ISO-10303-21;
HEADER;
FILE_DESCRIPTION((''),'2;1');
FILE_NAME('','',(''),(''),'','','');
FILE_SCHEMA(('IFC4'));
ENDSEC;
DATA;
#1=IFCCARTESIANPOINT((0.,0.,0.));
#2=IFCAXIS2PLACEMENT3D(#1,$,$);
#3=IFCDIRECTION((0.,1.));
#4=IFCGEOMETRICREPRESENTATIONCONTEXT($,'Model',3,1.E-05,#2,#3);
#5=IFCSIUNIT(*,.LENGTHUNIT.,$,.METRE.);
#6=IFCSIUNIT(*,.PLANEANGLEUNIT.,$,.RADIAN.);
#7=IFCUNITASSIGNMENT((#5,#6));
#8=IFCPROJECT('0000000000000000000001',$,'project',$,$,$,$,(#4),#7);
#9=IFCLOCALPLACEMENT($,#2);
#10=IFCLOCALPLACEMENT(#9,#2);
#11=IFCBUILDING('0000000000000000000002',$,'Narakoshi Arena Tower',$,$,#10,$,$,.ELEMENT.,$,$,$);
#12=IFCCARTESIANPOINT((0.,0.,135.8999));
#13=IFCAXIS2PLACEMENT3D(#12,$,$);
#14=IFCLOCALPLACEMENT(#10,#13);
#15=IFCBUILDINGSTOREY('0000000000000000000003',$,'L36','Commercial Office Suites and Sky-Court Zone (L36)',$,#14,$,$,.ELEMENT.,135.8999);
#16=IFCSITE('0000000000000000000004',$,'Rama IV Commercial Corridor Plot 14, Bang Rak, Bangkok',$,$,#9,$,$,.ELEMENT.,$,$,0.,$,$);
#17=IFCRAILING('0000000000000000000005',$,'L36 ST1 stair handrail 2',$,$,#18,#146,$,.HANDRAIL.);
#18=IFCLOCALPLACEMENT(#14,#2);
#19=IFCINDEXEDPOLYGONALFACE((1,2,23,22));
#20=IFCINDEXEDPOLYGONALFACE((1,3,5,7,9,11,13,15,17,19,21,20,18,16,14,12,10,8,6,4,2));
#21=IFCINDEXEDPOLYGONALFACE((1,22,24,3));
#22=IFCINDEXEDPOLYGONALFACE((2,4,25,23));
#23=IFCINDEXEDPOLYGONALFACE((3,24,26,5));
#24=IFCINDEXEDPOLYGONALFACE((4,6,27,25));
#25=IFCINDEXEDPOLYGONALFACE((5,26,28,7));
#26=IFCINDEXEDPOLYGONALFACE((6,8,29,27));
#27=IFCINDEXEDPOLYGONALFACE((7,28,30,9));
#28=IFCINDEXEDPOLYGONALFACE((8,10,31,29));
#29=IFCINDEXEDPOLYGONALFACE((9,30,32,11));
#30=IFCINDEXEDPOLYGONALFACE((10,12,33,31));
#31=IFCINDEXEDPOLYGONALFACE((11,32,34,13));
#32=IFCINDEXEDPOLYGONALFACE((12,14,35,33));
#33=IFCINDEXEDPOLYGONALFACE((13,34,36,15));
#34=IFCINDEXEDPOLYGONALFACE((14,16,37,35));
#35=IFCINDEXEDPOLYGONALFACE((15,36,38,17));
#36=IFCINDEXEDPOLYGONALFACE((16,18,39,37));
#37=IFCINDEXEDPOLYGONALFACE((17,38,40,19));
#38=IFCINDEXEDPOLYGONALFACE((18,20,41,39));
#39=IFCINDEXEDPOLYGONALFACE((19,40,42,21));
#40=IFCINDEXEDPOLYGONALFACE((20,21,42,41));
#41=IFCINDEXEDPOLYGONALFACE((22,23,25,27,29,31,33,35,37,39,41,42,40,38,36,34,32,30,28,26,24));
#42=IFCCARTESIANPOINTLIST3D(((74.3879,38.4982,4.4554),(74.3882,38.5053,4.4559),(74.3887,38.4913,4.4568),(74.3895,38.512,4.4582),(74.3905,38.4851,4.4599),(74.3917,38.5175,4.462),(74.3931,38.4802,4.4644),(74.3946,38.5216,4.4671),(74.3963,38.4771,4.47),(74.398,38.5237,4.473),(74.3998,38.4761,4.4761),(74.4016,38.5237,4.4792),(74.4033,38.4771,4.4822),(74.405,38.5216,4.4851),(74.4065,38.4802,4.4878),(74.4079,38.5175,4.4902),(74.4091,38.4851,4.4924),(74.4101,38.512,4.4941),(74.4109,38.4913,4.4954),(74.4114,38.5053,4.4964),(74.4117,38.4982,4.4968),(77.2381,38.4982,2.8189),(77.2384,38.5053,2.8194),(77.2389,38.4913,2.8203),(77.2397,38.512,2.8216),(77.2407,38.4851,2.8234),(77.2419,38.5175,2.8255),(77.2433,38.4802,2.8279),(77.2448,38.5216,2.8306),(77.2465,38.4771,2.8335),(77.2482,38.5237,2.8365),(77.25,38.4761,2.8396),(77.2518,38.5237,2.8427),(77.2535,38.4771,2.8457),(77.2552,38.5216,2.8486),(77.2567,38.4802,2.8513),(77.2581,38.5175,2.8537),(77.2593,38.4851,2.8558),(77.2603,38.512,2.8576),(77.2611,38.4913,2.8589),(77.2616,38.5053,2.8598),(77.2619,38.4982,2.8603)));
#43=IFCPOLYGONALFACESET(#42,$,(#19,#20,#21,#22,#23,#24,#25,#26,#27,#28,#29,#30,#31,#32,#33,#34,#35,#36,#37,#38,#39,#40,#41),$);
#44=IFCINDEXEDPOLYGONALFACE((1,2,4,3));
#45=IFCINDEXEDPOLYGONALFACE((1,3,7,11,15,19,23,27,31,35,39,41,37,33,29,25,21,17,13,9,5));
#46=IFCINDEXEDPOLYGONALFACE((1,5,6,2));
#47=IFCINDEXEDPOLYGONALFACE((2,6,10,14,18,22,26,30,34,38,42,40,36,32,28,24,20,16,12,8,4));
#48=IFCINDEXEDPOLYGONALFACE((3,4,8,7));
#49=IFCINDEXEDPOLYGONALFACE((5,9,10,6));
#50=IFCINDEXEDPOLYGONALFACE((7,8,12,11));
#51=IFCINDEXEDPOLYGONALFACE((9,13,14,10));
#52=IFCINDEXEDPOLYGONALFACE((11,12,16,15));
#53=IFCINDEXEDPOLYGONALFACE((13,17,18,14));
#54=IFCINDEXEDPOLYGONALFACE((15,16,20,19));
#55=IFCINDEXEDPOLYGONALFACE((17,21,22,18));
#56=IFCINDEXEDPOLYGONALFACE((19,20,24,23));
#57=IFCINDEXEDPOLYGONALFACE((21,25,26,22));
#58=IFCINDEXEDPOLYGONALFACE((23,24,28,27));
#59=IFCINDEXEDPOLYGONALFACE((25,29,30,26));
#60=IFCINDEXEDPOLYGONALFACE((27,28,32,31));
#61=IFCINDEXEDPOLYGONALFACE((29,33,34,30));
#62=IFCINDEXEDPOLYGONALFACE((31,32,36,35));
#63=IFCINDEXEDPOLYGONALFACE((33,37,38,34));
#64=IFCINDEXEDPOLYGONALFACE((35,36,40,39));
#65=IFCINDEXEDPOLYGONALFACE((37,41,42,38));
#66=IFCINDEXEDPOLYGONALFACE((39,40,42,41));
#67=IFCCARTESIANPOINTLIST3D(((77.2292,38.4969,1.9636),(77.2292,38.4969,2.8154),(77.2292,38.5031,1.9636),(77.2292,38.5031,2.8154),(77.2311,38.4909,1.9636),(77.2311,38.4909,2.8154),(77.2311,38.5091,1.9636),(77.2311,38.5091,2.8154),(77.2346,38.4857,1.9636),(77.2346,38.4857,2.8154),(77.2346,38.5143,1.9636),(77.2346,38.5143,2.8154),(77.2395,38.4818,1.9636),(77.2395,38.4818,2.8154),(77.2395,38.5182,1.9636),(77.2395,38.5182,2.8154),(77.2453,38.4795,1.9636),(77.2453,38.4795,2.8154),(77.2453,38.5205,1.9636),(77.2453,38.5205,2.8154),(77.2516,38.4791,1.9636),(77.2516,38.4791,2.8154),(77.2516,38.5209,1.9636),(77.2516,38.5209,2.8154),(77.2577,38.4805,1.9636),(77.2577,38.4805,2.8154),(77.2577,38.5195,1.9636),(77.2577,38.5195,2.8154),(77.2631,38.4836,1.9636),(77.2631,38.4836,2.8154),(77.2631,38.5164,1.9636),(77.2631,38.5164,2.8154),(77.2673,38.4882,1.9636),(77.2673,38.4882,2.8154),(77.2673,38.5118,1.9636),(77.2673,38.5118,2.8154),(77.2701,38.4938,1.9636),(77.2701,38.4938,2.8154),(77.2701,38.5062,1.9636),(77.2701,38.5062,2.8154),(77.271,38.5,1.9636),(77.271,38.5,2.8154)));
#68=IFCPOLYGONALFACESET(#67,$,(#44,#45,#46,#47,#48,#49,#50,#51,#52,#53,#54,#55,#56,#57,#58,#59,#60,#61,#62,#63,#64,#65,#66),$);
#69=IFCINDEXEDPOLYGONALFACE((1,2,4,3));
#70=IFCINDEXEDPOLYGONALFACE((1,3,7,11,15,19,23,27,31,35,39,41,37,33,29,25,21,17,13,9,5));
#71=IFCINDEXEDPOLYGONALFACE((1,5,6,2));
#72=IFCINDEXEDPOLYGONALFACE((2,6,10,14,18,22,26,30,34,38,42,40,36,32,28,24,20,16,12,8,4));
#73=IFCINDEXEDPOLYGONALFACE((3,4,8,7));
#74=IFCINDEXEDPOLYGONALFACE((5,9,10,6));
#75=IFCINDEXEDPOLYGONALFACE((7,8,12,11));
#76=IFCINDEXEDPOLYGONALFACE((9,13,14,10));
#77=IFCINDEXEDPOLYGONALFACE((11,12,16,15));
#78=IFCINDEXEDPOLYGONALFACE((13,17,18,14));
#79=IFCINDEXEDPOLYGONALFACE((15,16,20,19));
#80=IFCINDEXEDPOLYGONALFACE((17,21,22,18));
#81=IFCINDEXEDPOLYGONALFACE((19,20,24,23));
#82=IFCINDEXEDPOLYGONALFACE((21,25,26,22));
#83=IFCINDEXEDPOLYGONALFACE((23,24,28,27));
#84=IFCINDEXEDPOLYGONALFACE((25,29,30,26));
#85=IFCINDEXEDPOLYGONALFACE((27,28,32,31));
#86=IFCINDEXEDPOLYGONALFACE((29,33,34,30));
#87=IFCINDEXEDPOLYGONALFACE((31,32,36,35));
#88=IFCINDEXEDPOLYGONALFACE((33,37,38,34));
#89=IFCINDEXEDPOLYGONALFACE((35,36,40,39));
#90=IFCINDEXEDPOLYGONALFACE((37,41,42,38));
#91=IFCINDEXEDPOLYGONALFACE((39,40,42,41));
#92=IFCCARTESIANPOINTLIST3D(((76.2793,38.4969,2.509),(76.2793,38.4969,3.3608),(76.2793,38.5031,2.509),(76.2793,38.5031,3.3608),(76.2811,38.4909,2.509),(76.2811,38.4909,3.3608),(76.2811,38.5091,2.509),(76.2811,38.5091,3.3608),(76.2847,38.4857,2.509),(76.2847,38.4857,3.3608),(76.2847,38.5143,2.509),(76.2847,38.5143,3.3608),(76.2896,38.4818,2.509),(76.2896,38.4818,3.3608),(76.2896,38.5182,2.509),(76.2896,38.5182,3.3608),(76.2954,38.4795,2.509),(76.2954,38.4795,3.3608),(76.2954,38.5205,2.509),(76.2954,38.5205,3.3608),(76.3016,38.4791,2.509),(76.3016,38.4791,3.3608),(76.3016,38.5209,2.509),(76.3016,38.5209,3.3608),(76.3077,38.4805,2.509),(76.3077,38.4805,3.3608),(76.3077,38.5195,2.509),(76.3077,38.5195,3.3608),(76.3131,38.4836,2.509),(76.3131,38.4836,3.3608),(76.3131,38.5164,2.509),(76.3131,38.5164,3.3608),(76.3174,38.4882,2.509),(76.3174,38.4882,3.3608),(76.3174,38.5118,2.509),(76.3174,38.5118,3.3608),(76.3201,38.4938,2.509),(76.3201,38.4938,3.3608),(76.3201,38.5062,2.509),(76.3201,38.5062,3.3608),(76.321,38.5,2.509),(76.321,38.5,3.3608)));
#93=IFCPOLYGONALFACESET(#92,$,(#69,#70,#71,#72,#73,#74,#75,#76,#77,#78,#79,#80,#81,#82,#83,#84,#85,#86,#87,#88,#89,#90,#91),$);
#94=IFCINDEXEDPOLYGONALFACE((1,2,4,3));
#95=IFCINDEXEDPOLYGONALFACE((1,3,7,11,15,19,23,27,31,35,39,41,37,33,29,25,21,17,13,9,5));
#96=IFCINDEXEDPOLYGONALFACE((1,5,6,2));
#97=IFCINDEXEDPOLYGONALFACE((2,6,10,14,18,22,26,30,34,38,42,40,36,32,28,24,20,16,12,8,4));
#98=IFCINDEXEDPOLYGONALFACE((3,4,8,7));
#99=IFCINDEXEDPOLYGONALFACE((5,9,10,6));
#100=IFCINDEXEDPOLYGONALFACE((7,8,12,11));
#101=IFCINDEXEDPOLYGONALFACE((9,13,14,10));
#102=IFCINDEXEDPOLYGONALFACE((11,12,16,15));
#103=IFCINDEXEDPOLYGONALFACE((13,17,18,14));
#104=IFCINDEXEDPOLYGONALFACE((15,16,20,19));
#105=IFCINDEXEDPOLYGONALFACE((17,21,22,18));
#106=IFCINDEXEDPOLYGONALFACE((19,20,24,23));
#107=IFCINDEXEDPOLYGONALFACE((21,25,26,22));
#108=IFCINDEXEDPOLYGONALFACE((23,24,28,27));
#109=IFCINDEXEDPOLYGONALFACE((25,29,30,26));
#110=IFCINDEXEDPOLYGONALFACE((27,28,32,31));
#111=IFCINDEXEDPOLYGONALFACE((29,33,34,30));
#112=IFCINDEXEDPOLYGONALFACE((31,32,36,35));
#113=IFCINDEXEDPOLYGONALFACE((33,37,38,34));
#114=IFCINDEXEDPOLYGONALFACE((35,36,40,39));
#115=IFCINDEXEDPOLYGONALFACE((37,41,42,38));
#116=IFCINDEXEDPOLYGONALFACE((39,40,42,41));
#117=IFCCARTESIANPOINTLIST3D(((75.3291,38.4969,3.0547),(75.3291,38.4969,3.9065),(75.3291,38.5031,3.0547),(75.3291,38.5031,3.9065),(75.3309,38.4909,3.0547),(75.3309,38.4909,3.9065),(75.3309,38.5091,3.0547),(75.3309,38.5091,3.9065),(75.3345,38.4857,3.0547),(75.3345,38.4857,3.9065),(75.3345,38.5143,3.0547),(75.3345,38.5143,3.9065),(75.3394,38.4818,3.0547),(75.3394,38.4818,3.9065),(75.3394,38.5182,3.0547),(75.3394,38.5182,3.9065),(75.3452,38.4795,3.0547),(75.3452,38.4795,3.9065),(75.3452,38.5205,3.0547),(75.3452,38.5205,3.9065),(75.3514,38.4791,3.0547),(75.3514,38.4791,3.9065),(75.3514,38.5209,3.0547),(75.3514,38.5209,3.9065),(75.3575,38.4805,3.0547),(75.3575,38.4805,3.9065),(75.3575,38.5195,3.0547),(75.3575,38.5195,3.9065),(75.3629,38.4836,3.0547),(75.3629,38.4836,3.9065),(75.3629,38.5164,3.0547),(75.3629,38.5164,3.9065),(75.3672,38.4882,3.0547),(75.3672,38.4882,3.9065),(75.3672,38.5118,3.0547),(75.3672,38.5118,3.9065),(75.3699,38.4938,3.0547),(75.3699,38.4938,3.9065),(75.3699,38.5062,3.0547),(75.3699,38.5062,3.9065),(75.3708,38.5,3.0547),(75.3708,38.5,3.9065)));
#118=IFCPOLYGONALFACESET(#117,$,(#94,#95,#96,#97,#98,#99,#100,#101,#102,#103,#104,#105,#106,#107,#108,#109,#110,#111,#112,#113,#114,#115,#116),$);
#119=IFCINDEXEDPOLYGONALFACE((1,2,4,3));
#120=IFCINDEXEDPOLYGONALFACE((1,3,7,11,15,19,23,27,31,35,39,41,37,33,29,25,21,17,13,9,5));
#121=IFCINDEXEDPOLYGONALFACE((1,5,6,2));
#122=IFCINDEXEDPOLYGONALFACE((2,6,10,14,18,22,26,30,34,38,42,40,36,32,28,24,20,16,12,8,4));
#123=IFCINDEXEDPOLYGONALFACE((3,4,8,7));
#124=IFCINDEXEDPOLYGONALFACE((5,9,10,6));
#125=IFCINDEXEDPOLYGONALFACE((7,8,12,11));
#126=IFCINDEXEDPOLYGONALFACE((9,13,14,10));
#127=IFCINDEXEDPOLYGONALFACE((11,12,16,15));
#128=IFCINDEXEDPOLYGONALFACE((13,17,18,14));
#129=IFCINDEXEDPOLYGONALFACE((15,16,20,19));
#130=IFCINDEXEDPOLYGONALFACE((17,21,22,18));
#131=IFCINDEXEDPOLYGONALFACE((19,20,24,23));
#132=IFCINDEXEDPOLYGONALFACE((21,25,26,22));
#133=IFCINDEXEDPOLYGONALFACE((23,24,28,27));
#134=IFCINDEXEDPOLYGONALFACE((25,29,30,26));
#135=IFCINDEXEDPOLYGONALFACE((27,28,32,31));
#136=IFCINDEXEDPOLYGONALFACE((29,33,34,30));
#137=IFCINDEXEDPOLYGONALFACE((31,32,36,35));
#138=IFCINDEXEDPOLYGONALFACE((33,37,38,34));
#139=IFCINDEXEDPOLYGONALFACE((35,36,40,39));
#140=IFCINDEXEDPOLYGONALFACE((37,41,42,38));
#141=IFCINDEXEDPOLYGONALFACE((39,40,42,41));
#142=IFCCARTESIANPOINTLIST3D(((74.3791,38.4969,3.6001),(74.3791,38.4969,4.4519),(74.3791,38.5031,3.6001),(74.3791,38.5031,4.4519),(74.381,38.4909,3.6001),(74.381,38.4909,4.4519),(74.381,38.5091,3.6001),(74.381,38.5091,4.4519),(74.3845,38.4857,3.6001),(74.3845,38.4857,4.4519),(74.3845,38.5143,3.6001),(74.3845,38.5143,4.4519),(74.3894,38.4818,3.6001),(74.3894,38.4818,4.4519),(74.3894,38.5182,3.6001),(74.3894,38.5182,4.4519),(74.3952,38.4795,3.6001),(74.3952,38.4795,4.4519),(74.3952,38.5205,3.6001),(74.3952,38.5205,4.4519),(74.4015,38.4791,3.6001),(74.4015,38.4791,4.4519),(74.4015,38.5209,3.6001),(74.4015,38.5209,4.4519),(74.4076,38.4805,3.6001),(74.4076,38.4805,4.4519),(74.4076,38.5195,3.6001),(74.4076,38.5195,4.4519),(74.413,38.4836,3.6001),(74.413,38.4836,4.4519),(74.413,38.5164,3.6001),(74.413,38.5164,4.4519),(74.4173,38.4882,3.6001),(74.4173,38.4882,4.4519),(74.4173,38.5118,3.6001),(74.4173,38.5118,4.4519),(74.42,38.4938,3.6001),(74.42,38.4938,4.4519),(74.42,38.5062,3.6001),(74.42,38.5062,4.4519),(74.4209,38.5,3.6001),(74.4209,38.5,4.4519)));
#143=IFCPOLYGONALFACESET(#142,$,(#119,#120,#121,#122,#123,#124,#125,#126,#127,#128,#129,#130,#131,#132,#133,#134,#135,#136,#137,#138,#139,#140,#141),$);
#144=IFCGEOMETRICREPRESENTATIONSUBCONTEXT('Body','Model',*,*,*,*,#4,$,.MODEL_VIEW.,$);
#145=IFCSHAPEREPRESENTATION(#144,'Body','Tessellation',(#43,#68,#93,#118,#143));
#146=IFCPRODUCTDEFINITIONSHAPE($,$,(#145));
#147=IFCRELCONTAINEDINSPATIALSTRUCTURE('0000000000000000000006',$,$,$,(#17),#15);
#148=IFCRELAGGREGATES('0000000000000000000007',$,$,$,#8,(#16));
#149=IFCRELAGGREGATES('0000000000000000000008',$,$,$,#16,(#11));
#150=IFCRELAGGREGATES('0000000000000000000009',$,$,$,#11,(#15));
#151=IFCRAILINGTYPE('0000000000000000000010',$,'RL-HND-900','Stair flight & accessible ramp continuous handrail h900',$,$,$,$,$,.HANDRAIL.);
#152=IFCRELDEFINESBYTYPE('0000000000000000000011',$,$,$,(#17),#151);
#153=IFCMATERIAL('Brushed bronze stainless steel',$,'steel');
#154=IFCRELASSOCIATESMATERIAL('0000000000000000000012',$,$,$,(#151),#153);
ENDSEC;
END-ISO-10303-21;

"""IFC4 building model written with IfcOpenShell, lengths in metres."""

from ifc_helpers import new_model, si_unit, direction, frame, origin, origin_2d, place, context, subcontext, project, spatial, circle, extrude, material, type_object, element, save


model = new_model("IFC4")

# Units and contexts
model_context = context("Model", 3, precision=1e-05, world=origin(), true_north=direction((0.0, 1.0)))
body_context = subcontext(model_context, "Body", "Model", "MODEL_VIEW")
ifc_project = project(units=[si_unit("LENGTHUNIT", "METRE"), si_unit("PLANEANGLEUNIT", "RADIAN")], contexts=[model_context])

# Site, building, storey
site_placement = place(None, origin())
site = spatial("IfcSite", under=ifc_project, at=site_placement, Name="Rama IV Commercial Corridor Plot 14, Bang Rak, Bangkok", CompositionType="ELEMENT", RefElevation=0.0)
building_placement = place(site_placement, origin())
building = spatial("IfcBuilding", under=site, at=building_placement, Name="Narakoshi Arena Tower", CompositionType="ELEMENT")
storey_placement = place(building_placement, frame((0.0, 0.0, 135.8999)))
storey = spatial("IfcBuildingStorey", under=building, at=storey_placement, Name="L36", Description="Commercial Office Suites and Sky-Court Zone (L36)", CompositionType="ELEMENT", Elevation=135.8999)

# Railing
ifc_material_1 = material(Name="Brushed bronze stainless steel", Category="steel")
railing_type_1 = type_object("IfcRailingType", Name="RL-HND-900", Description="Stair flight & accessible ramp continuous handrail h900", PredefinedType="HANDRAIL", material=ifc_material_1)
railing_1_placement = place(storey_placement, frame((77.25, 38.5, 1.9636)))
element("IfcRailing", 1, at=railing_1_placement, inside=storey, type_object=railing_type_1, Name="L36 ST1 stair handrail 2", PredefinedType="HANDRAIL", context=body_context, shape_type="SweptSolid", body=[
    extrude(circle(Radius=0.0239, at=origin_2d()), frame((0.0, 0.0, 0.876), z_axis=(-0.867213, 0.0, 0.497938), x_axis=(0.0, -1.0, 0.0)), (0.0, 0.0, 1.0), 3.2866),
    extrude(circle(Radius=0.021, at=origin_2d()), origin(), (0.0, 0.0, 1.0), 0.8518),
    extrude(circle(Radius=0.021, at=origin_2d()), frame((-0.95, 0.0, 0.5454)), (0.0, 0.0, 1.0), 0.8518),
    extrude(circle(Radius=0.021, at=origin_2d()), frame((-1.9001, 0.0, 1.0911)), (0.0, 0.0, 1.0), 0.8518),
    extrude(circle(Radius=0.021, at=origin_2d()), frame((-2.8501, 0.0, 1.6365)), (0.0, 0.0, 1.0), 0.8518),
])

save(model, "model.ifc")
